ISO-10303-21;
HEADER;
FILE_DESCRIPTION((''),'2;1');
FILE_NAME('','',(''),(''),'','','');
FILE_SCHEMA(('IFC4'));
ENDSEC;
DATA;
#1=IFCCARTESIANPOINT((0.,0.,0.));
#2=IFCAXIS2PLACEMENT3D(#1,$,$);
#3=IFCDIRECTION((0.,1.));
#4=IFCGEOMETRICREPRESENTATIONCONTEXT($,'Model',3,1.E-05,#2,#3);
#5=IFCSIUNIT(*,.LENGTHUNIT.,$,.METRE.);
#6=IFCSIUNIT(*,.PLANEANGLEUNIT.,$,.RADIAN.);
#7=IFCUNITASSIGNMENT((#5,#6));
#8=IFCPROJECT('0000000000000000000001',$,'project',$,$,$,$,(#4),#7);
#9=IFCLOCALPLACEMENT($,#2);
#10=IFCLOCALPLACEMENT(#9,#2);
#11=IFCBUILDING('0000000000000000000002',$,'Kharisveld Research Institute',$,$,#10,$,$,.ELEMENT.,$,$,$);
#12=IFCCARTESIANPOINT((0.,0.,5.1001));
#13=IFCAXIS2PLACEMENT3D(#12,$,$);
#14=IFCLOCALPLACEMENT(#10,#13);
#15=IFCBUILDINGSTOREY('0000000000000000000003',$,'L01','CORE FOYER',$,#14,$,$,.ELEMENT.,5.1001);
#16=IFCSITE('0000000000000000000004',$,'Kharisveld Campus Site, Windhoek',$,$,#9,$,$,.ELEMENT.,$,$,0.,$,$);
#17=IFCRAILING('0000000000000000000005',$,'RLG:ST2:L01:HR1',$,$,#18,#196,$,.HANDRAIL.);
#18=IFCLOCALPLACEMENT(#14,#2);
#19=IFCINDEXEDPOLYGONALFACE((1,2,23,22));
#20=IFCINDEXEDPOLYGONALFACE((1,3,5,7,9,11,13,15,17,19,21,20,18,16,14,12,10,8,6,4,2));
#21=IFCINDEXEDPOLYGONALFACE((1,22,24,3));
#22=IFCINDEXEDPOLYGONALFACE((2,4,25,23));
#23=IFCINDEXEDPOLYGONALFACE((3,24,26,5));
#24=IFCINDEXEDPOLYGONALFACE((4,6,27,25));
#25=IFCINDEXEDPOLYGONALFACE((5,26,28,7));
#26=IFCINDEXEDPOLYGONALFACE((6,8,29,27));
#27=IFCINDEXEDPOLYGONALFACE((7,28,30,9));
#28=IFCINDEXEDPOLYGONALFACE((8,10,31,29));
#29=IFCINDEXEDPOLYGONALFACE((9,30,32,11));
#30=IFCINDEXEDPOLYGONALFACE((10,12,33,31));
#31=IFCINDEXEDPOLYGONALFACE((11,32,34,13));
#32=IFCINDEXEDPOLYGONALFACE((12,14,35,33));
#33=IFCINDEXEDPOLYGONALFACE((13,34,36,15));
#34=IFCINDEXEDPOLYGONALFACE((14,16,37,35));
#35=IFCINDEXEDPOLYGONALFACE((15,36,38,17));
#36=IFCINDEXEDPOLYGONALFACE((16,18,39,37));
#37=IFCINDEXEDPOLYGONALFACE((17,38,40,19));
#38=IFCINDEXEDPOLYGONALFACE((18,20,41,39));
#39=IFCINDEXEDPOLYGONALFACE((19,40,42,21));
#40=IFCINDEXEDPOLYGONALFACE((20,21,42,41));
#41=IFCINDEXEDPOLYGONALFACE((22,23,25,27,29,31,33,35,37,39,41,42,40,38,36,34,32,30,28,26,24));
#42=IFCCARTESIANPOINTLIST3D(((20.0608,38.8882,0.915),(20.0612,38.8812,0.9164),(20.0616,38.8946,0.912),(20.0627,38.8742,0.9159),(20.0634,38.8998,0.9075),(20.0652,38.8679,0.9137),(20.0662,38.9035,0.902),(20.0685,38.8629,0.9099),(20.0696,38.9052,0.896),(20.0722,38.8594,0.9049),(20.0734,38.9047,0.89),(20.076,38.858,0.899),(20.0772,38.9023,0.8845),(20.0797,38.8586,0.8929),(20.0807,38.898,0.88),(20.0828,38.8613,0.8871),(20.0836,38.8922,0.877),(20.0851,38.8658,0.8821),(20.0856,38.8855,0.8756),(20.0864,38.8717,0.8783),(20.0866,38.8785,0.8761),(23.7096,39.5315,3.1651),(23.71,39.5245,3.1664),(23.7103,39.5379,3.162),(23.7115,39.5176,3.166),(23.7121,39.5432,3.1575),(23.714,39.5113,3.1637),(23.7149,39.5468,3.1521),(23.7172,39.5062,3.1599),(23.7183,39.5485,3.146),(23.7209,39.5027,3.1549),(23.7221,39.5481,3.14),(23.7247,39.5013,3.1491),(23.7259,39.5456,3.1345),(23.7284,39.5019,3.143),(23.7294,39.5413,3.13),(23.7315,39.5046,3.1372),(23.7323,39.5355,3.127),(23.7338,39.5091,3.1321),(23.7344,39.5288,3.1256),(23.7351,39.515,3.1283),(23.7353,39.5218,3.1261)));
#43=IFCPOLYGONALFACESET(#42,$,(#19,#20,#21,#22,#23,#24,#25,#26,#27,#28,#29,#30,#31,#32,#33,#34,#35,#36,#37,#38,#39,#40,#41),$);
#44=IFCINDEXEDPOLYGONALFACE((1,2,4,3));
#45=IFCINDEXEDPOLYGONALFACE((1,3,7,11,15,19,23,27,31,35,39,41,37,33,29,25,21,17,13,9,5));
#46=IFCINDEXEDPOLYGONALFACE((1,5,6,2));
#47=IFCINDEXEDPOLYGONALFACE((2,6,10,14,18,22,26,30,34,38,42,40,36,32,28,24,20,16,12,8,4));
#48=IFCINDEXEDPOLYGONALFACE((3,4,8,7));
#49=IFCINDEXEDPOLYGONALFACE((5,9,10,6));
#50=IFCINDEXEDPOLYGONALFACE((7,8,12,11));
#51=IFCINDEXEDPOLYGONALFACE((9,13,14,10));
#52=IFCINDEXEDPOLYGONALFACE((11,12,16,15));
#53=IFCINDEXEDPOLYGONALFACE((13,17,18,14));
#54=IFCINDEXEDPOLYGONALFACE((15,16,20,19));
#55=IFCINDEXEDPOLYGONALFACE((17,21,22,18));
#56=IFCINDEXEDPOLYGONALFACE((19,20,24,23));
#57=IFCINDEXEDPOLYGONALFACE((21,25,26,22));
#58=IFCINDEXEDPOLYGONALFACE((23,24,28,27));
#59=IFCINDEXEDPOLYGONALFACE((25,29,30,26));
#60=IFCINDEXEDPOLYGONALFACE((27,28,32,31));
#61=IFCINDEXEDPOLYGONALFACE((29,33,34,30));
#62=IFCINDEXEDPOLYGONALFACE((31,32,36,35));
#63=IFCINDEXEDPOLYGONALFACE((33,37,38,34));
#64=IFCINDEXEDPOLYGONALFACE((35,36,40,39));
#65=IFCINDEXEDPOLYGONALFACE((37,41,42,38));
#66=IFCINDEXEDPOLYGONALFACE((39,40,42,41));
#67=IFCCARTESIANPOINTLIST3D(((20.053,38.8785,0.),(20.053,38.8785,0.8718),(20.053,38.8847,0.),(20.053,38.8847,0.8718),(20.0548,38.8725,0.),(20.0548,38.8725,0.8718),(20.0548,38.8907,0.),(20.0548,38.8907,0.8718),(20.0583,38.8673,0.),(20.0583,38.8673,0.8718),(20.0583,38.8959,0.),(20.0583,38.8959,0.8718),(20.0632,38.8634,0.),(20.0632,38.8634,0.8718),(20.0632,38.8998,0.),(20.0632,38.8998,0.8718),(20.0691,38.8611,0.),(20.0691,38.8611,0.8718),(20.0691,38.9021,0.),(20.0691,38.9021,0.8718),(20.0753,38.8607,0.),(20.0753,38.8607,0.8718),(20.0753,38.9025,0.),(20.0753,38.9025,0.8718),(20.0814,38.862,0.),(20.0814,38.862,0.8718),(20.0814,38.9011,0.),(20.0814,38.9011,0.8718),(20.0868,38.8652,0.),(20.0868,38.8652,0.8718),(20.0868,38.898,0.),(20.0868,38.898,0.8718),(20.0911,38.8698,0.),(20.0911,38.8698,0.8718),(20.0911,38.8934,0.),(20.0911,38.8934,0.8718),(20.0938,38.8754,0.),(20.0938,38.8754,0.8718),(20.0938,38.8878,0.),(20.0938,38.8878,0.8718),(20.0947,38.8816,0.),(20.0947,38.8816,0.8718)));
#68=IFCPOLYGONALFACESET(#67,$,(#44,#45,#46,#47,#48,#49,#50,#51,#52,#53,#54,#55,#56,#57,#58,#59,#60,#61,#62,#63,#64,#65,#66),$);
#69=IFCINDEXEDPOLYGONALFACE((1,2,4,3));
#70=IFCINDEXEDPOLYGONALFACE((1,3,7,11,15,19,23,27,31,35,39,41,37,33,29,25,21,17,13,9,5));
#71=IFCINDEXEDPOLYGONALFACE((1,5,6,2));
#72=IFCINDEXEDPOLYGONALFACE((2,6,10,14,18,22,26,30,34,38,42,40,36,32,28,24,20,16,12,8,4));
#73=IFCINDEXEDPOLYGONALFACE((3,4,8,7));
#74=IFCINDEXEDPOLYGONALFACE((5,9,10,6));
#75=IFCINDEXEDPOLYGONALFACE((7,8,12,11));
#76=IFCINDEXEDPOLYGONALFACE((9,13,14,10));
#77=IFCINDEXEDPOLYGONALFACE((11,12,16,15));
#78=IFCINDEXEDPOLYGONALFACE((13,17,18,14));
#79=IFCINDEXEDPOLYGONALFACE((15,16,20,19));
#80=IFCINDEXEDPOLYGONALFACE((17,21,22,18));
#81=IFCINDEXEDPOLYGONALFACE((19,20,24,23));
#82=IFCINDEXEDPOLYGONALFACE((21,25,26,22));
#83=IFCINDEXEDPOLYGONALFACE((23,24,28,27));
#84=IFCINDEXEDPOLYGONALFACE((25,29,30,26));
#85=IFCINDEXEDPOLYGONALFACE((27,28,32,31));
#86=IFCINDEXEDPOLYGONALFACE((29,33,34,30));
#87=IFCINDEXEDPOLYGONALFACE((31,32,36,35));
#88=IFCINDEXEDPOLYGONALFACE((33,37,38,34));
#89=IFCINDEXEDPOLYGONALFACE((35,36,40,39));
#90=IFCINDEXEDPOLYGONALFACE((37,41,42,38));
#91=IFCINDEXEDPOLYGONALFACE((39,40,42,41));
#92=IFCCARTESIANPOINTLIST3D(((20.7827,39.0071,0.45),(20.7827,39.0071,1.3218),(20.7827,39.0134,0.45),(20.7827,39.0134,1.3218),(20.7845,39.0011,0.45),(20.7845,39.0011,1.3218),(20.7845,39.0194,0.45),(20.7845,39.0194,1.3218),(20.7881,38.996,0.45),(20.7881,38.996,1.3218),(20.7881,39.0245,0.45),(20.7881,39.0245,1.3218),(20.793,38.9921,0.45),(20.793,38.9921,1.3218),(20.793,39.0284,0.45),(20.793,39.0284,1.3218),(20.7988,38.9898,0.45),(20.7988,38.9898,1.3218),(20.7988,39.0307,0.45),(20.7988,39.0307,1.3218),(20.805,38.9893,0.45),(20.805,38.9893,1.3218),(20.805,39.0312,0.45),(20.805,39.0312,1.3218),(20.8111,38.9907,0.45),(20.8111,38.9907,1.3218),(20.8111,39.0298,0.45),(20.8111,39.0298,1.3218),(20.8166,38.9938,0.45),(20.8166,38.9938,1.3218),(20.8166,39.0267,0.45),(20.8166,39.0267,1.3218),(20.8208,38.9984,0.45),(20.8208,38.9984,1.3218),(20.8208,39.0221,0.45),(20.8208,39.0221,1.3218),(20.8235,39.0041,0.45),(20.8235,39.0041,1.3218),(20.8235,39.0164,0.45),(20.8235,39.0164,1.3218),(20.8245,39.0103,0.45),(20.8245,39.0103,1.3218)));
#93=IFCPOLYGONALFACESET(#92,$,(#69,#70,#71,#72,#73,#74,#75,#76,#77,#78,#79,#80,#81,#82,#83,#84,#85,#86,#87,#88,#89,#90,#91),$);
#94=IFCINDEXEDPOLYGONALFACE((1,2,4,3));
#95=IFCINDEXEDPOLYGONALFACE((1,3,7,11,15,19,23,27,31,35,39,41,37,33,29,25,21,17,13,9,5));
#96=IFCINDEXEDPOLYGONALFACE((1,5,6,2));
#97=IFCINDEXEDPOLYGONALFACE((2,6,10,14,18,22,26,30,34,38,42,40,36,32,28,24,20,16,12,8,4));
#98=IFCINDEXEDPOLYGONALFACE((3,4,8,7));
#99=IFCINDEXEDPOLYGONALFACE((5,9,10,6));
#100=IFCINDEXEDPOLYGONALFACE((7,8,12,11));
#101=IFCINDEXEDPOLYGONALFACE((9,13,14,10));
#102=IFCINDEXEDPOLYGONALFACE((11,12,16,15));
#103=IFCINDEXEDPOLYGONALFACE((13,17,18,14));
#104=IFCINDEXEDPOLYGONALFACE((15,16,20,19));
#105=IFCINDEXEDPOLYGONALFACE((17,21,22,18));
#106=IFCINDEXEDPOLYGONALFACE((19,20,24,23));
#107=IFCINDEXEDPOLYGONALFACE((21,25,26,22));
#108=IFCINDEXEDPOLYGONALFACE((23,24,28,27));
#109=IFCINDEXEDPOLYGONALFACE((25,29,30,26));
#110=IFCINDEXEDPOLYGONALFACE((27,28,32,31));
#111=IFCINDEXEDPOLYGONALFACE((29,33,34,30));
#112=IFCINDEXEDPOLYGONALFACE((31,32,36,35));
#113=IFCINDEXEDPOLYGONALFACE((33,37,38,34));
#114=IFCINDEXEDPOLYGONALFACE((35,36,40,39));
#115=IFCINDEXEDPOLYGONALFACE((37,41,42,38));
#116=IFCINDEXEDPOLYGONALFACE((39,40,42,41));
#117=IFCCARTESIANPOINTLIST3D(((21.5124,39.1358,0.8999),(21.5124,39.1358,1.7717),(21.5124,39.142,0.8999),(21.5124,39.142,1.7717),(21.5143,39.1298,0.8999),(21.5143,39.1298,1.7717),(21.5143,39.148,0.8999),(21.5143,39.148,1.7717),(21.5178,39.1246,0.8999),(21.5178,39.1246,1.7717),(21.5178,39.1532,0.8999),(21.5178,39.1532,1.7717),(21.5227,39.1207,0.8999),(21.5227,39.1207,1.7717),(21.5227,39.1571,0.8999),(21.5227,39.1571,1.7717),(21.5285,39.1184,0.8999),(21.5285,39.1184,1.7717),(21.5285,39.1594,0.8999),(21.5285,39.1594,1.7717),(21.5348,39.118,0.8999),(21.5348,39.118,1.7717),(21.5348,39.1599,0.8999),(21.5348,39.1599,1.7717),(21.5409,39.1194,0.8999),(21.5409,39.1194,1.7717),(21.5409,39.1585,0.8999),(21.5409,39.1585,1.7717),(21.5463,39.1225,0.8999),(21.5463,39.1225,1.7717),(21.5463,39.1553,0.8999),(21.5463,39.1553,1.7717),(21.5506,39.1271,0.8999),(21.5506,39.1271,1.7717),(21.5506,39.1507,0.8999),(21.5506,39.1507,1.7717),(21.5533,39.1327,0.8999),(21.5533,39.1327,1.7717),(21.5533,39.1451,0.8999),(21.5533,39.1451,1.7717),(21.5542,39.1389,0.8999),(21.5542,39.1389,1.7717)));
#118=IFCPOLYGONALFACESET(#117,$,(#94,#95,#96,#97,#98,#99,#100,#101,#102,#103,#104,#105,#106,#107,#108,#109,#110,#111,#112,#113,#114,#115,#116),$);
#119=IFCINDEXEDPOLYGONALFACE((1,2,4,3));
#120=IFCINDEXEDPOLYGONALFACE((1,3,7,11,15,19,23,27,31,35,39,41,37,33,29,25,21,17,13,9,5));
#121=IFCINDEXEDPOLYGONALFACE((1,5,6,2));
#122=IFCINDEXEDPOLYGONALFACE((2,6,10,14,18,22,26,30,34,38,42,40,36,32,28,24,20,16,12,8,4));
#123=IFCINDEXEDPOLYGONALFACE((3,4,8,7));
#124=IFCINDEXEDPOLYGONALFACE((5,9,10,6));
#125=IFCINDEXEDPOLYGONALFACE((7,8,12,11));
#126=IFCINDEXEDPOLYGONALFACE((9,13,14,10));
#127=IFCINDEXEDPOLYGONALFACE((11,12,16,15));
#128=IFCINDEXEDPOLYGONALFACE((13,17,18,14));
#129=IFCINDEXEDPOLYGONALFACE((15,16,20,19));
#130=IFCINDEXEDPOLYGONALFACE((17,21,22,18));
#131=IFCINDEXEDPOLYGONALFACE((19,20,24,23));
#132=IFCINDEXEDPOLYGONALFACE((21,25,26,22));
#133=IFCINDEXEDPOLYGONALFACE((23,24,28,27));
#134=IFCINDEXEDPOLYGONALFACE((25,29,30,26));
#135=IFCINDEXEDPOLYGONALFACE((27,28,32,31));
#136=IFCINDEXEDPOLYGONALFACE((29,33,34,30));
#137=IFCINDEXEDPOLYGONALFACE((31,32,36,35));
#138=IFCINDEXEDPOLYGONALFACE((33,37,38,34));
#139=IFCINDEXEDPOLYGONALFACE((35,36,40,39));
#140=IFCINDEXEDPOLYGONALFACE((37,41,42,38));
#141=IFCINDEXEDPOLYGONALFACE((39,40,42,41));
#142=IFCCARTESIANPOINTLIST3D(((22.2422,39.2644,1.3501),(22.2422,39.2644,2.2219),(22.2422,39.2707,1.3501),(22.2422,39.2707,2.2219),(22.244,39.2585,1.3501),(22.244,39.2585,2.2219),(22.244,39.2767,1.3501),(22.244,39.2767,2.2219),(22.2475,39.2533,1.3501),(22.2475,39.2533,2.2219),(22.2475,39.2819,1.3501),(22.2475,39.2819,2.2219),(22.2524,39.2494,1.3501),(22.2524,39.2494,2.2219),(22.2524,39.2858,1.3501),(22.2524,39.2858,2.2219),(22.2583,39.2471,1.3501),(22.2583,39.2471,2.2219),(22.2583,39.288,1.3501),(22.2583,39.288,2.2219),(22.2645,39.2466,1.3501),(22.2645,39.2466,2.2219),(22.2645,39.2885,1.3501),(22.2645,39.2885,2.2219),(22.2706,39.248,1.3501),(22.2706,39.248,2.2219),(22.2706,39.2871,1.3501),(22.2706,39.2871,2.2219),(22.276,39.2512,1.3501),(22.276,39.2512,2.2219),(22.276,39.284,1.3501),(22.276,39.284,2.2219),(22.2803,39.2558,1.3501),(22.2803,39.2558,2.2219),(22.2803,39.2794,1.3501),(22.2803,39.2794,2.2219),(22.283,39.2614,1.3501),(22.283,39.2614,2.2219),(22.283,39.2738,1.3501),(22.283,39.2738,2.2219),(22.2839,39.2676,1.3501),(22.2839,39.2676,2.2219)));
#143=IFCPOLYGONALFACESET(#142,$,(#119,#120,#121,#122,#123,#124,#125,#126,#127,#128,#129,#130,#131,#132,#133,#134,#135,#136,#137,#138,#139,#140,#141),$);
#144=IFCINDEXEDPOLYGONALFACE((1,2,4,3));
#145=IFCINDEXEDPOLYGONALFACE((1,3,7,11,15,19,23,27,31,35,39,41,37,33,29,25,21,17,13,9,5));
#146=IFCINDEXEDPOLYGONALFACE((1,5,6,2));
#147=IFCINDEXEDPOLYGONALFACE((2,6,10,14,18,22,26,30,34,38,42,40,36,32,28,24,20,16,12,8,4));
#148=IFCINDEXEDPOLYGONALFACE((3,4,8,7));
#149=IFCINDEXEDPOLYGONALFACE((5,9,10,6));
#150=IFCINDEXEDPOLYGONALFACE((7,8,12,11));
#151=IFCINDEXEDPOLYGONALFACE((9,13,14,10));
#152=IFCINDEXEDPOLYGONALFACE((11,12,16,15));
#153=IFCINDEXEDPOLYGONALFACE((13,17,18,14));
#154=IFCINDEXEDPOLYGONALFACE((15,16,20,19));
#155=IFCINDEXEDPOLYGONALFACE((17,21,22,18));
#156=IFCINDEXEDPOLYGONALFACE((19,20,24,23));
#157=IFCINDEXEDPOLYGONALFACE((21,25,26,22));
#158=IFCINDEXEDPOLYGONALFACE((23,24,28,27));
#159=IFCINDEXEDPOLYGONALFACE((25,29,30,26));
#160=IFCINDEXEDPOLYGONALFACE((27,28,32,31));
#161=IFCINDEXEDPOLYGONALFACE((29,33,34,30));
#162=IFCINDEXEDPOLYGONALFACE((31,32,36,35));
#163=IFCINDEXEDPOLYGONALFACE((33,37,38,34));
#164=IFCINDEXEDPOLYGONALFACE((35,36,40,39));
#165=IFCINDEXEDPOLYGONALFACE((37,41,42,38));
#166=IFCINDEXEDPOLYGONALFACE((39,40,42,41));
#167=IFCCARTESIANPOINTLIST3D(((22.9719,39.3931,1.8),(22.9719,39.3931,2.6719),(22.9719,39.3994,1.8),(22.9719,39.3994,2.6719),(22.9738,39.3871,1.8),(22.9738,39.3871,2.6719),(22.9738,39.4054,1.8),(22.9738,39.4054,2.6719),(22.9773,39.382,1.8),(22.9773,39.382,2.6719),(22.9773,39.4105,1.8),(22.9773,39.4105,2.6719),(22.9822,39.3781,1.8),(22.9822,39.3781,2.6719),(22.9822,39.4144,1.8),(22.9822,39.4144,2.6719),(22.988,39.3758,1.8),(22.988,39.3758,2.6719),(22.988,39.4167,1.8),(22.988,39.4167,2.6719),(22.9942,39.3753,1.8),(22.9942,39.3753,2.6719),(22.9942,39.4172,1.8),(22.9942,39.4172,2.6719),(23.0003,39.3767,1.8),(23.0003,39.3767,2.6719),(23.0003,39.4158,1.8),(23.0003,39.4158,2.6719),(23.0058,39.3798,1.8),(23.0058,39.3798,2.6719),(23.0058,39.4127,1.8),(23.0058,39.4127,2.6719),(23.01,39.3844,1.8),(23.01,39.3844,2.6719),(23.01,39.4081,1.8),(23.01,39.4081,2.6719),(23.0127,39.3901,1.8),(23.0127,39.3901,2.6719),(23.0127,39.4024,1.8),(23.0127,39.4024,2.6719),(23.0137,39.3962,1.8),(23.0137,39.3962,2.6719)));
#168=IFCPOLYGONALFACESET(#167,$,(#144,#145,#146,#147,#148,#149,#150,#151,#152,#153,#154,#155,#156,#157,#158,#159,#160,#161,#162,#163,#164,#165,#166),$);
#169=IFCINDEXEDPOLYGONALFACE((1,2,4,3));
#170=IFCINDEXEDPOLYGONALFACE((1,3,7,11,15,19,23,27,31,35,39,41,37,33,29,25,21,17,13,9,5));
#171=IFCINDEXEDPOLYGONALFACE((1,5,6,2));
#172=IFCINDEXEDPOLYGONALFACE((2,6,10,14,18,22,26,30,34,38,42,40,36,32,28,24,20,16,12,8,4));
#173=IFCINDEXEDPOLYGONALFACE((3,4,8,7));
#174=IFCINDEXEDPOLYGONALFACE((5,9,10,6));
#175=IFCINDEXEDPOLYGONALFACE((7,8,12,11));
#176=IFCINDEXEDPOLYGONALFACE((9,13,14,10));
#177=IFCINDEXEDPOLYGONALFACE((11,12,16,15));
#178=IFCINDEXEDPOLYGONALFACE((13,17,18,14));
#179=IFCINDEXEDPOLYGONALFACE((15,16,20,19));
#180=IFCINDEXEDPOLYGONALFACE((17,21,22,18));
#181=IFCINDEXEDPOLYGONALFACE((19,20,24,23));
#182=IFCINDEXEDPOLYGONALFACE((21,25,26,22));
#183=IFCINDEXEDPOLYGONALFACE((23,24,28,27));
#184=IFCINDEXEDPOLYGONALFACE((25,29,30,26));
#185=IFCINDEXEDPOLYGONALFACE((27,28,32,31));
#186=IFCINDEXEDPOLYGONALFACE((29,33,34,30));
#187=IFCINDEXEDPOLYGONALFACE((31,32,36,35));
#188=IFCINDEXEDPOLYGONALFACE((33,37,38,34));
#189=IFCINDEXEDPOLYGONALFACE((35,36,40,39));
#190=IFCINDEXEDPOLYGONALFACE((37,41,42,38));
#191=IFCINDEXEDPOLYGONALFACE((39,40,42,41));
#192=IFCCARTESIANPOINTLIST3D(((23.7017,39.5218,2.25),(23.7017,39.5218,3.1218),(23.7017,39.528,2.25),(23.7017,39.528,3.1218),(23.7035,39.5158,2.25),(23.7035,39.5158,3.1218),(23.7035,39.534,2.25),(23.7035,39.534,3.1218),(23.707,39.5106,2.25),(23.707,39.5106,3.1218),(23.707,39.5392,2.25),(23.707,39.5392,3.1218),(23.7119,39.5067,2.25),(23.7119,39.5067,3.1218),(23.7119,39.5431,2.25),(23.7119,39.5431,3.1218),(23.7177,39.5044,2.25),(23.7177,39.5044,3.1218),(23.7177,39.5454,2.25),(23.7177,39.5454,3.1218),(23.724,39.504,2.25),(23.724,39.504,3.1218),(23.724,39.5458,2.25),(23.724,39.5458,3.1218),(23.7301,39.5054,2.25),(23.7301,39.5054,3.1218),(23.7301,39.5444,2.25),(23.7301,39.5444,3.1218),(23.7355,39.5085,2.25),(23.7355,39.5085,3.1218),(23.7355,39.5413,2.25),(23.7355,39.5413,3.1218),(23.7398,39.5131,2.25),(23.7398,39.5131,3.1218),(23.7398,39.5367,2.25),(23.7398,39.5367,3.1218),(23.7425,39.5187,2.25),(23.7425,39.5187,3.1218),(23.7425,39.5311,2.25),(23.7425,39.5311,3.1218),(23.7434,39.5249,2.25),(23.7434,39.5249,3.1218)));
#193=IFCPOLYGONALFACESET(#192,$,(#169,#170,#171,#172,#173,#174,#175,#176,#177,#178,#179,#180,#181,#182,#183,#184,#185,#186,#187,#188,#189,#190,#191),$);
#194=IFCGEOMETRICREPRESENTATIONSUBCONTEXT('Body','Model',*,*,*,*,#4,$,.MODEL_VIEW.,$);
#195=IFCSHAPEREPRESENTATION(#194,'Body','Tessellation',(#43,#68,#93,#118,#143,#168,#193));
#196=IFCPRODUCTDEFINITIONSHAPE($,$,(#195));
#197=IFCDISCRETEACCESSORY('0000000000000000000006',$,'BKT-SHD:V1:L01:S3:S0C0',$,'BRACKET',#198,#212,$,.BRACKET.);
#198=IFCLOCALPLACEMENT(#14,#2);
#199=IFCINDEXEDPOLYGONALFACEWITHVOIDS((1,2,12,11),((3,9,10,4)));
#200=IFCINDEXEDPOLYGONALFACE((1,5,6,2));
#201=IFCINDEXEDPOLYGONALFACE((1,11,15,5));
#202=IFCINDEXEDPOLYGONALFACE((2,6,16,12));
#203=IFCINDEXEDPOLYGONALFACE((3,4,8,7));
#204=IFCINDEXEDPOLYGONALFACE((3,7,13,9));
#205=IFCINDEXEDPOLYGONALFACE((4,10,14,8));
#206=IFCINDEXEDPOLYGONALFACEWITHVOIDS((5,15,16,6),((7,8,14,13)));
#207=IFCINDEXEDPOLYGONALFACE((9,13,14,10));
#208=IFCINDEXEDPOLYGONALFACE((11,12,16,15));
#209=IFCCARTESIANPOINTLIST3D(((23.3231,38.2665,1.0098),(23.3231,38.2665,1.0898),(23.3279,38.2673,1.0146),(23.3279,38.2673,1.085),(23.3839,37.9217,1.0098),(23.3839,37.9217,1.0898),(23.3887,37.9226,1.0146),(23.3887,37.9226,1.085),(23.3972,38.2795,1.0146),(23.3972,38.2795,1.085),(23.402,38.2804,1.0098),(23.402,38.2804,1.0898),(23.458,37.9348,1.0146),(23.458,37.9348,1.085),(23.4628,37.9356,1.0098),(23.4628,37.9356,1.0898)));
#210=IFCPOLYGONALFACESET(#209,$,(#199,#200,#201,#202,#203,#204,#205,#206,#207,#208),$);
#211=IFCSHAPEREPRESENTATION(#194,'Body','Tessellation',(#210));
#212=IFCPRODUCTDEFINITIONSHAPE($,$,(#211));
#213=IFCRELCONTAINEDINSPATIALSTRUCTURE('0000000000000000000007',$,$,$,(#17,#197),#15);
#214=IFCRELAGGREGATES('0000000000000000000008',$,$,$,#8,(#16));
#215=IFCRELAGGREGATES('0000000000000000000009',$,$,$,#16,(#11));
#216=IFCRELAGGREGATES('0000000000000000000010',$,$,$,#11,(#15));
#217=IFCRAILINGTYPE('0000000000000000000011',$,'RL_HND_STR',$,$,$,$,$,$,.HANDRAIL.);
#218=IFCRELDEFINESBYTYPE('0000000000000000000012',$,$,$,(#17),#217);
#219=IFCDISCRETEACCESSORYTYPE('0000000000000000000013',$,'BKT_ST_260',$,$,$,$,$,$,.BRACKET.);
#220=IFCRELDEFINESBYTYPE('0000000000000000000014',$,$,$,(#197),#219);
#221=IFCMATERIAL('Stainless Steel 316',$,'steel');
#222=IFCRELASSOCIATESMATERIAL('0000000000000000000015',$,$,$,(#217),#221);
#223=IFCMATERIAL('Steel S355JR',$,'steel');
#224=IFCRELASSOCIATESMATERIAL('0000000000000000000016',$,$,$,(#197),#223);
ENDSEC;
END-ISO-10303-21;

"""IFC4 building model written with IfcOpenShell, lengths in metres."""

from ifc_helpers import new_model, si_unit, direction, frame, origin, origin_2d, place, context, subcontext, project, spatial, hollow_rectangle, circle, extrude, material, type_object, element, save


model = new_model("IFC4")

# Units and contexts
model_context = context("Model", 3, precision=1e-05, world=origin(), true_north=direction((0.0, 1.0)))
body_context = subcontext(model_context, "Body", "Model", "MODEL_VIEW")
ifc_project = project(units=[si_unit("LENGTHUNIT", "METRE"), si_unit("PLANEANGLEUNIT", "RADIAN")], contexts=[model_context])

# Site, building, storey
site_placement = place(None, origin())
site = spatial("IfcSite", under=ifc_project, at=site_placement, Name="Kharisveld Campus Site, Windhoek", CompositionType="ELEMENT", RefElevation=0.0)
building_placement = place(site_placement, origin())
building = spatial("IfcBuilding", under=site, at=building_placement, Name="Kharisveld Research Institute", CompositionType="ELEMENT")
storey_placement = place(building_placement, frame((0.0, 0.0, 5.1001)))
storey = spatial("IfcBuildingStorey", under=building, at=storey_placement, Name="L01", Description="CORE FOYER", CompositionType="ELEMENT", Elevation=5.1001)

# Railing
ifc_material_1 = material(Name="Stainless Steel 316", Category="steel")
railing_type = type_object("IfcRailingType", Name="RL_HND_STR", PredefinedType="HANDRAIL", material=ifc_material_1)
railing_1_placement = place(storey_placement, frame((20.0737, 38.8816, 0.0)))
element("IfcRailing", 1, at=railing_1_placement, inside=storey, type_object=railing_type, Name="RLG:ST2:L01:HR1", PredefinedType="HANDRAIL", context=body_context, shape_type="SweptSolid", body=[
    extrude(circle(Radius=0.0239, at=origin_2d()), frame((0.0, 0.0, 0.896), z_axis=(0.841747, 0.148411, 0.519073), x_axis=(-0.173635, 0.98481, 0.0)), (0.0, 0.0, 1.0), 4.3347),
    extrude(circle(Radius=0.021, at=origin_2d()), origin(), (0.0, 0.0, 1.0), 0.8718),
    extrude(circle(Radius=0.021, at=origin_2d()), frame((0.7297, 0.1287, 0.45)), (0.0, 0.0, 1.0), 0.8718),
    extrude(circle(Radius=0.021, at=origin_2d()), frame((1.4595, 0.2573, 0.8999)), (0.0, 0.0, 1.0), 0.8718),
    extrude(circle(Radius=0.021, at=origin_2d()), frame((2.1892, 0.386, 1.3501)), (0.0, 0.0, 1.0), 0.8718),
    extrude(circle(Radius=0.021, at=origin_2d()), frame((2.9189, 0.5146, 1.8)), (0.0, 0.0, 1.0), 0.8718),
    extrude(circle(Radius=0.021, at=origin_2d()), frame((3.6487, 0.6433, 2.25)), (0.0, 0.0, 1.0), 0.8718),
])

# Discrete accessory
ifc_material_2 = material(Name="Steel S355JR", Category="steel")
discrete_accessory_type = type_object("IfcDiscreteAccessoryType", Name="BKT_ST_260", PredefinedType="BRACKET")
for number, where, z_axis, x_axis, name in (
    (2, (23.3625, 38.2734, 1.0498), (0.173666, -0.984805, 0.0), (0.984805, 0.173666, 0.0), "BKT-SHD:V1:L01:S3:S0C0"),
):
    element("IfcDiscreteAccessory", number, at=place(storey_placement, frame(where, z_axis=z_axis, x_axis=x_axis)), inside=storey, type_object=discrete_accessory_type, material=ifc_material_2, Name=name, ObjectType="BRACKET", PredefinedType="BRACKET", context=body_context, shape_type="SweptSolid", body=[
        extrude(hollow_rectangle(XDim=0.0801, YDim=0.0801, WallThickness=0.0049, at=origin_2d()), origin(), (0.0, 0.0, 1.0), 0.3501),
    ])

save(model, "model.ifc")
